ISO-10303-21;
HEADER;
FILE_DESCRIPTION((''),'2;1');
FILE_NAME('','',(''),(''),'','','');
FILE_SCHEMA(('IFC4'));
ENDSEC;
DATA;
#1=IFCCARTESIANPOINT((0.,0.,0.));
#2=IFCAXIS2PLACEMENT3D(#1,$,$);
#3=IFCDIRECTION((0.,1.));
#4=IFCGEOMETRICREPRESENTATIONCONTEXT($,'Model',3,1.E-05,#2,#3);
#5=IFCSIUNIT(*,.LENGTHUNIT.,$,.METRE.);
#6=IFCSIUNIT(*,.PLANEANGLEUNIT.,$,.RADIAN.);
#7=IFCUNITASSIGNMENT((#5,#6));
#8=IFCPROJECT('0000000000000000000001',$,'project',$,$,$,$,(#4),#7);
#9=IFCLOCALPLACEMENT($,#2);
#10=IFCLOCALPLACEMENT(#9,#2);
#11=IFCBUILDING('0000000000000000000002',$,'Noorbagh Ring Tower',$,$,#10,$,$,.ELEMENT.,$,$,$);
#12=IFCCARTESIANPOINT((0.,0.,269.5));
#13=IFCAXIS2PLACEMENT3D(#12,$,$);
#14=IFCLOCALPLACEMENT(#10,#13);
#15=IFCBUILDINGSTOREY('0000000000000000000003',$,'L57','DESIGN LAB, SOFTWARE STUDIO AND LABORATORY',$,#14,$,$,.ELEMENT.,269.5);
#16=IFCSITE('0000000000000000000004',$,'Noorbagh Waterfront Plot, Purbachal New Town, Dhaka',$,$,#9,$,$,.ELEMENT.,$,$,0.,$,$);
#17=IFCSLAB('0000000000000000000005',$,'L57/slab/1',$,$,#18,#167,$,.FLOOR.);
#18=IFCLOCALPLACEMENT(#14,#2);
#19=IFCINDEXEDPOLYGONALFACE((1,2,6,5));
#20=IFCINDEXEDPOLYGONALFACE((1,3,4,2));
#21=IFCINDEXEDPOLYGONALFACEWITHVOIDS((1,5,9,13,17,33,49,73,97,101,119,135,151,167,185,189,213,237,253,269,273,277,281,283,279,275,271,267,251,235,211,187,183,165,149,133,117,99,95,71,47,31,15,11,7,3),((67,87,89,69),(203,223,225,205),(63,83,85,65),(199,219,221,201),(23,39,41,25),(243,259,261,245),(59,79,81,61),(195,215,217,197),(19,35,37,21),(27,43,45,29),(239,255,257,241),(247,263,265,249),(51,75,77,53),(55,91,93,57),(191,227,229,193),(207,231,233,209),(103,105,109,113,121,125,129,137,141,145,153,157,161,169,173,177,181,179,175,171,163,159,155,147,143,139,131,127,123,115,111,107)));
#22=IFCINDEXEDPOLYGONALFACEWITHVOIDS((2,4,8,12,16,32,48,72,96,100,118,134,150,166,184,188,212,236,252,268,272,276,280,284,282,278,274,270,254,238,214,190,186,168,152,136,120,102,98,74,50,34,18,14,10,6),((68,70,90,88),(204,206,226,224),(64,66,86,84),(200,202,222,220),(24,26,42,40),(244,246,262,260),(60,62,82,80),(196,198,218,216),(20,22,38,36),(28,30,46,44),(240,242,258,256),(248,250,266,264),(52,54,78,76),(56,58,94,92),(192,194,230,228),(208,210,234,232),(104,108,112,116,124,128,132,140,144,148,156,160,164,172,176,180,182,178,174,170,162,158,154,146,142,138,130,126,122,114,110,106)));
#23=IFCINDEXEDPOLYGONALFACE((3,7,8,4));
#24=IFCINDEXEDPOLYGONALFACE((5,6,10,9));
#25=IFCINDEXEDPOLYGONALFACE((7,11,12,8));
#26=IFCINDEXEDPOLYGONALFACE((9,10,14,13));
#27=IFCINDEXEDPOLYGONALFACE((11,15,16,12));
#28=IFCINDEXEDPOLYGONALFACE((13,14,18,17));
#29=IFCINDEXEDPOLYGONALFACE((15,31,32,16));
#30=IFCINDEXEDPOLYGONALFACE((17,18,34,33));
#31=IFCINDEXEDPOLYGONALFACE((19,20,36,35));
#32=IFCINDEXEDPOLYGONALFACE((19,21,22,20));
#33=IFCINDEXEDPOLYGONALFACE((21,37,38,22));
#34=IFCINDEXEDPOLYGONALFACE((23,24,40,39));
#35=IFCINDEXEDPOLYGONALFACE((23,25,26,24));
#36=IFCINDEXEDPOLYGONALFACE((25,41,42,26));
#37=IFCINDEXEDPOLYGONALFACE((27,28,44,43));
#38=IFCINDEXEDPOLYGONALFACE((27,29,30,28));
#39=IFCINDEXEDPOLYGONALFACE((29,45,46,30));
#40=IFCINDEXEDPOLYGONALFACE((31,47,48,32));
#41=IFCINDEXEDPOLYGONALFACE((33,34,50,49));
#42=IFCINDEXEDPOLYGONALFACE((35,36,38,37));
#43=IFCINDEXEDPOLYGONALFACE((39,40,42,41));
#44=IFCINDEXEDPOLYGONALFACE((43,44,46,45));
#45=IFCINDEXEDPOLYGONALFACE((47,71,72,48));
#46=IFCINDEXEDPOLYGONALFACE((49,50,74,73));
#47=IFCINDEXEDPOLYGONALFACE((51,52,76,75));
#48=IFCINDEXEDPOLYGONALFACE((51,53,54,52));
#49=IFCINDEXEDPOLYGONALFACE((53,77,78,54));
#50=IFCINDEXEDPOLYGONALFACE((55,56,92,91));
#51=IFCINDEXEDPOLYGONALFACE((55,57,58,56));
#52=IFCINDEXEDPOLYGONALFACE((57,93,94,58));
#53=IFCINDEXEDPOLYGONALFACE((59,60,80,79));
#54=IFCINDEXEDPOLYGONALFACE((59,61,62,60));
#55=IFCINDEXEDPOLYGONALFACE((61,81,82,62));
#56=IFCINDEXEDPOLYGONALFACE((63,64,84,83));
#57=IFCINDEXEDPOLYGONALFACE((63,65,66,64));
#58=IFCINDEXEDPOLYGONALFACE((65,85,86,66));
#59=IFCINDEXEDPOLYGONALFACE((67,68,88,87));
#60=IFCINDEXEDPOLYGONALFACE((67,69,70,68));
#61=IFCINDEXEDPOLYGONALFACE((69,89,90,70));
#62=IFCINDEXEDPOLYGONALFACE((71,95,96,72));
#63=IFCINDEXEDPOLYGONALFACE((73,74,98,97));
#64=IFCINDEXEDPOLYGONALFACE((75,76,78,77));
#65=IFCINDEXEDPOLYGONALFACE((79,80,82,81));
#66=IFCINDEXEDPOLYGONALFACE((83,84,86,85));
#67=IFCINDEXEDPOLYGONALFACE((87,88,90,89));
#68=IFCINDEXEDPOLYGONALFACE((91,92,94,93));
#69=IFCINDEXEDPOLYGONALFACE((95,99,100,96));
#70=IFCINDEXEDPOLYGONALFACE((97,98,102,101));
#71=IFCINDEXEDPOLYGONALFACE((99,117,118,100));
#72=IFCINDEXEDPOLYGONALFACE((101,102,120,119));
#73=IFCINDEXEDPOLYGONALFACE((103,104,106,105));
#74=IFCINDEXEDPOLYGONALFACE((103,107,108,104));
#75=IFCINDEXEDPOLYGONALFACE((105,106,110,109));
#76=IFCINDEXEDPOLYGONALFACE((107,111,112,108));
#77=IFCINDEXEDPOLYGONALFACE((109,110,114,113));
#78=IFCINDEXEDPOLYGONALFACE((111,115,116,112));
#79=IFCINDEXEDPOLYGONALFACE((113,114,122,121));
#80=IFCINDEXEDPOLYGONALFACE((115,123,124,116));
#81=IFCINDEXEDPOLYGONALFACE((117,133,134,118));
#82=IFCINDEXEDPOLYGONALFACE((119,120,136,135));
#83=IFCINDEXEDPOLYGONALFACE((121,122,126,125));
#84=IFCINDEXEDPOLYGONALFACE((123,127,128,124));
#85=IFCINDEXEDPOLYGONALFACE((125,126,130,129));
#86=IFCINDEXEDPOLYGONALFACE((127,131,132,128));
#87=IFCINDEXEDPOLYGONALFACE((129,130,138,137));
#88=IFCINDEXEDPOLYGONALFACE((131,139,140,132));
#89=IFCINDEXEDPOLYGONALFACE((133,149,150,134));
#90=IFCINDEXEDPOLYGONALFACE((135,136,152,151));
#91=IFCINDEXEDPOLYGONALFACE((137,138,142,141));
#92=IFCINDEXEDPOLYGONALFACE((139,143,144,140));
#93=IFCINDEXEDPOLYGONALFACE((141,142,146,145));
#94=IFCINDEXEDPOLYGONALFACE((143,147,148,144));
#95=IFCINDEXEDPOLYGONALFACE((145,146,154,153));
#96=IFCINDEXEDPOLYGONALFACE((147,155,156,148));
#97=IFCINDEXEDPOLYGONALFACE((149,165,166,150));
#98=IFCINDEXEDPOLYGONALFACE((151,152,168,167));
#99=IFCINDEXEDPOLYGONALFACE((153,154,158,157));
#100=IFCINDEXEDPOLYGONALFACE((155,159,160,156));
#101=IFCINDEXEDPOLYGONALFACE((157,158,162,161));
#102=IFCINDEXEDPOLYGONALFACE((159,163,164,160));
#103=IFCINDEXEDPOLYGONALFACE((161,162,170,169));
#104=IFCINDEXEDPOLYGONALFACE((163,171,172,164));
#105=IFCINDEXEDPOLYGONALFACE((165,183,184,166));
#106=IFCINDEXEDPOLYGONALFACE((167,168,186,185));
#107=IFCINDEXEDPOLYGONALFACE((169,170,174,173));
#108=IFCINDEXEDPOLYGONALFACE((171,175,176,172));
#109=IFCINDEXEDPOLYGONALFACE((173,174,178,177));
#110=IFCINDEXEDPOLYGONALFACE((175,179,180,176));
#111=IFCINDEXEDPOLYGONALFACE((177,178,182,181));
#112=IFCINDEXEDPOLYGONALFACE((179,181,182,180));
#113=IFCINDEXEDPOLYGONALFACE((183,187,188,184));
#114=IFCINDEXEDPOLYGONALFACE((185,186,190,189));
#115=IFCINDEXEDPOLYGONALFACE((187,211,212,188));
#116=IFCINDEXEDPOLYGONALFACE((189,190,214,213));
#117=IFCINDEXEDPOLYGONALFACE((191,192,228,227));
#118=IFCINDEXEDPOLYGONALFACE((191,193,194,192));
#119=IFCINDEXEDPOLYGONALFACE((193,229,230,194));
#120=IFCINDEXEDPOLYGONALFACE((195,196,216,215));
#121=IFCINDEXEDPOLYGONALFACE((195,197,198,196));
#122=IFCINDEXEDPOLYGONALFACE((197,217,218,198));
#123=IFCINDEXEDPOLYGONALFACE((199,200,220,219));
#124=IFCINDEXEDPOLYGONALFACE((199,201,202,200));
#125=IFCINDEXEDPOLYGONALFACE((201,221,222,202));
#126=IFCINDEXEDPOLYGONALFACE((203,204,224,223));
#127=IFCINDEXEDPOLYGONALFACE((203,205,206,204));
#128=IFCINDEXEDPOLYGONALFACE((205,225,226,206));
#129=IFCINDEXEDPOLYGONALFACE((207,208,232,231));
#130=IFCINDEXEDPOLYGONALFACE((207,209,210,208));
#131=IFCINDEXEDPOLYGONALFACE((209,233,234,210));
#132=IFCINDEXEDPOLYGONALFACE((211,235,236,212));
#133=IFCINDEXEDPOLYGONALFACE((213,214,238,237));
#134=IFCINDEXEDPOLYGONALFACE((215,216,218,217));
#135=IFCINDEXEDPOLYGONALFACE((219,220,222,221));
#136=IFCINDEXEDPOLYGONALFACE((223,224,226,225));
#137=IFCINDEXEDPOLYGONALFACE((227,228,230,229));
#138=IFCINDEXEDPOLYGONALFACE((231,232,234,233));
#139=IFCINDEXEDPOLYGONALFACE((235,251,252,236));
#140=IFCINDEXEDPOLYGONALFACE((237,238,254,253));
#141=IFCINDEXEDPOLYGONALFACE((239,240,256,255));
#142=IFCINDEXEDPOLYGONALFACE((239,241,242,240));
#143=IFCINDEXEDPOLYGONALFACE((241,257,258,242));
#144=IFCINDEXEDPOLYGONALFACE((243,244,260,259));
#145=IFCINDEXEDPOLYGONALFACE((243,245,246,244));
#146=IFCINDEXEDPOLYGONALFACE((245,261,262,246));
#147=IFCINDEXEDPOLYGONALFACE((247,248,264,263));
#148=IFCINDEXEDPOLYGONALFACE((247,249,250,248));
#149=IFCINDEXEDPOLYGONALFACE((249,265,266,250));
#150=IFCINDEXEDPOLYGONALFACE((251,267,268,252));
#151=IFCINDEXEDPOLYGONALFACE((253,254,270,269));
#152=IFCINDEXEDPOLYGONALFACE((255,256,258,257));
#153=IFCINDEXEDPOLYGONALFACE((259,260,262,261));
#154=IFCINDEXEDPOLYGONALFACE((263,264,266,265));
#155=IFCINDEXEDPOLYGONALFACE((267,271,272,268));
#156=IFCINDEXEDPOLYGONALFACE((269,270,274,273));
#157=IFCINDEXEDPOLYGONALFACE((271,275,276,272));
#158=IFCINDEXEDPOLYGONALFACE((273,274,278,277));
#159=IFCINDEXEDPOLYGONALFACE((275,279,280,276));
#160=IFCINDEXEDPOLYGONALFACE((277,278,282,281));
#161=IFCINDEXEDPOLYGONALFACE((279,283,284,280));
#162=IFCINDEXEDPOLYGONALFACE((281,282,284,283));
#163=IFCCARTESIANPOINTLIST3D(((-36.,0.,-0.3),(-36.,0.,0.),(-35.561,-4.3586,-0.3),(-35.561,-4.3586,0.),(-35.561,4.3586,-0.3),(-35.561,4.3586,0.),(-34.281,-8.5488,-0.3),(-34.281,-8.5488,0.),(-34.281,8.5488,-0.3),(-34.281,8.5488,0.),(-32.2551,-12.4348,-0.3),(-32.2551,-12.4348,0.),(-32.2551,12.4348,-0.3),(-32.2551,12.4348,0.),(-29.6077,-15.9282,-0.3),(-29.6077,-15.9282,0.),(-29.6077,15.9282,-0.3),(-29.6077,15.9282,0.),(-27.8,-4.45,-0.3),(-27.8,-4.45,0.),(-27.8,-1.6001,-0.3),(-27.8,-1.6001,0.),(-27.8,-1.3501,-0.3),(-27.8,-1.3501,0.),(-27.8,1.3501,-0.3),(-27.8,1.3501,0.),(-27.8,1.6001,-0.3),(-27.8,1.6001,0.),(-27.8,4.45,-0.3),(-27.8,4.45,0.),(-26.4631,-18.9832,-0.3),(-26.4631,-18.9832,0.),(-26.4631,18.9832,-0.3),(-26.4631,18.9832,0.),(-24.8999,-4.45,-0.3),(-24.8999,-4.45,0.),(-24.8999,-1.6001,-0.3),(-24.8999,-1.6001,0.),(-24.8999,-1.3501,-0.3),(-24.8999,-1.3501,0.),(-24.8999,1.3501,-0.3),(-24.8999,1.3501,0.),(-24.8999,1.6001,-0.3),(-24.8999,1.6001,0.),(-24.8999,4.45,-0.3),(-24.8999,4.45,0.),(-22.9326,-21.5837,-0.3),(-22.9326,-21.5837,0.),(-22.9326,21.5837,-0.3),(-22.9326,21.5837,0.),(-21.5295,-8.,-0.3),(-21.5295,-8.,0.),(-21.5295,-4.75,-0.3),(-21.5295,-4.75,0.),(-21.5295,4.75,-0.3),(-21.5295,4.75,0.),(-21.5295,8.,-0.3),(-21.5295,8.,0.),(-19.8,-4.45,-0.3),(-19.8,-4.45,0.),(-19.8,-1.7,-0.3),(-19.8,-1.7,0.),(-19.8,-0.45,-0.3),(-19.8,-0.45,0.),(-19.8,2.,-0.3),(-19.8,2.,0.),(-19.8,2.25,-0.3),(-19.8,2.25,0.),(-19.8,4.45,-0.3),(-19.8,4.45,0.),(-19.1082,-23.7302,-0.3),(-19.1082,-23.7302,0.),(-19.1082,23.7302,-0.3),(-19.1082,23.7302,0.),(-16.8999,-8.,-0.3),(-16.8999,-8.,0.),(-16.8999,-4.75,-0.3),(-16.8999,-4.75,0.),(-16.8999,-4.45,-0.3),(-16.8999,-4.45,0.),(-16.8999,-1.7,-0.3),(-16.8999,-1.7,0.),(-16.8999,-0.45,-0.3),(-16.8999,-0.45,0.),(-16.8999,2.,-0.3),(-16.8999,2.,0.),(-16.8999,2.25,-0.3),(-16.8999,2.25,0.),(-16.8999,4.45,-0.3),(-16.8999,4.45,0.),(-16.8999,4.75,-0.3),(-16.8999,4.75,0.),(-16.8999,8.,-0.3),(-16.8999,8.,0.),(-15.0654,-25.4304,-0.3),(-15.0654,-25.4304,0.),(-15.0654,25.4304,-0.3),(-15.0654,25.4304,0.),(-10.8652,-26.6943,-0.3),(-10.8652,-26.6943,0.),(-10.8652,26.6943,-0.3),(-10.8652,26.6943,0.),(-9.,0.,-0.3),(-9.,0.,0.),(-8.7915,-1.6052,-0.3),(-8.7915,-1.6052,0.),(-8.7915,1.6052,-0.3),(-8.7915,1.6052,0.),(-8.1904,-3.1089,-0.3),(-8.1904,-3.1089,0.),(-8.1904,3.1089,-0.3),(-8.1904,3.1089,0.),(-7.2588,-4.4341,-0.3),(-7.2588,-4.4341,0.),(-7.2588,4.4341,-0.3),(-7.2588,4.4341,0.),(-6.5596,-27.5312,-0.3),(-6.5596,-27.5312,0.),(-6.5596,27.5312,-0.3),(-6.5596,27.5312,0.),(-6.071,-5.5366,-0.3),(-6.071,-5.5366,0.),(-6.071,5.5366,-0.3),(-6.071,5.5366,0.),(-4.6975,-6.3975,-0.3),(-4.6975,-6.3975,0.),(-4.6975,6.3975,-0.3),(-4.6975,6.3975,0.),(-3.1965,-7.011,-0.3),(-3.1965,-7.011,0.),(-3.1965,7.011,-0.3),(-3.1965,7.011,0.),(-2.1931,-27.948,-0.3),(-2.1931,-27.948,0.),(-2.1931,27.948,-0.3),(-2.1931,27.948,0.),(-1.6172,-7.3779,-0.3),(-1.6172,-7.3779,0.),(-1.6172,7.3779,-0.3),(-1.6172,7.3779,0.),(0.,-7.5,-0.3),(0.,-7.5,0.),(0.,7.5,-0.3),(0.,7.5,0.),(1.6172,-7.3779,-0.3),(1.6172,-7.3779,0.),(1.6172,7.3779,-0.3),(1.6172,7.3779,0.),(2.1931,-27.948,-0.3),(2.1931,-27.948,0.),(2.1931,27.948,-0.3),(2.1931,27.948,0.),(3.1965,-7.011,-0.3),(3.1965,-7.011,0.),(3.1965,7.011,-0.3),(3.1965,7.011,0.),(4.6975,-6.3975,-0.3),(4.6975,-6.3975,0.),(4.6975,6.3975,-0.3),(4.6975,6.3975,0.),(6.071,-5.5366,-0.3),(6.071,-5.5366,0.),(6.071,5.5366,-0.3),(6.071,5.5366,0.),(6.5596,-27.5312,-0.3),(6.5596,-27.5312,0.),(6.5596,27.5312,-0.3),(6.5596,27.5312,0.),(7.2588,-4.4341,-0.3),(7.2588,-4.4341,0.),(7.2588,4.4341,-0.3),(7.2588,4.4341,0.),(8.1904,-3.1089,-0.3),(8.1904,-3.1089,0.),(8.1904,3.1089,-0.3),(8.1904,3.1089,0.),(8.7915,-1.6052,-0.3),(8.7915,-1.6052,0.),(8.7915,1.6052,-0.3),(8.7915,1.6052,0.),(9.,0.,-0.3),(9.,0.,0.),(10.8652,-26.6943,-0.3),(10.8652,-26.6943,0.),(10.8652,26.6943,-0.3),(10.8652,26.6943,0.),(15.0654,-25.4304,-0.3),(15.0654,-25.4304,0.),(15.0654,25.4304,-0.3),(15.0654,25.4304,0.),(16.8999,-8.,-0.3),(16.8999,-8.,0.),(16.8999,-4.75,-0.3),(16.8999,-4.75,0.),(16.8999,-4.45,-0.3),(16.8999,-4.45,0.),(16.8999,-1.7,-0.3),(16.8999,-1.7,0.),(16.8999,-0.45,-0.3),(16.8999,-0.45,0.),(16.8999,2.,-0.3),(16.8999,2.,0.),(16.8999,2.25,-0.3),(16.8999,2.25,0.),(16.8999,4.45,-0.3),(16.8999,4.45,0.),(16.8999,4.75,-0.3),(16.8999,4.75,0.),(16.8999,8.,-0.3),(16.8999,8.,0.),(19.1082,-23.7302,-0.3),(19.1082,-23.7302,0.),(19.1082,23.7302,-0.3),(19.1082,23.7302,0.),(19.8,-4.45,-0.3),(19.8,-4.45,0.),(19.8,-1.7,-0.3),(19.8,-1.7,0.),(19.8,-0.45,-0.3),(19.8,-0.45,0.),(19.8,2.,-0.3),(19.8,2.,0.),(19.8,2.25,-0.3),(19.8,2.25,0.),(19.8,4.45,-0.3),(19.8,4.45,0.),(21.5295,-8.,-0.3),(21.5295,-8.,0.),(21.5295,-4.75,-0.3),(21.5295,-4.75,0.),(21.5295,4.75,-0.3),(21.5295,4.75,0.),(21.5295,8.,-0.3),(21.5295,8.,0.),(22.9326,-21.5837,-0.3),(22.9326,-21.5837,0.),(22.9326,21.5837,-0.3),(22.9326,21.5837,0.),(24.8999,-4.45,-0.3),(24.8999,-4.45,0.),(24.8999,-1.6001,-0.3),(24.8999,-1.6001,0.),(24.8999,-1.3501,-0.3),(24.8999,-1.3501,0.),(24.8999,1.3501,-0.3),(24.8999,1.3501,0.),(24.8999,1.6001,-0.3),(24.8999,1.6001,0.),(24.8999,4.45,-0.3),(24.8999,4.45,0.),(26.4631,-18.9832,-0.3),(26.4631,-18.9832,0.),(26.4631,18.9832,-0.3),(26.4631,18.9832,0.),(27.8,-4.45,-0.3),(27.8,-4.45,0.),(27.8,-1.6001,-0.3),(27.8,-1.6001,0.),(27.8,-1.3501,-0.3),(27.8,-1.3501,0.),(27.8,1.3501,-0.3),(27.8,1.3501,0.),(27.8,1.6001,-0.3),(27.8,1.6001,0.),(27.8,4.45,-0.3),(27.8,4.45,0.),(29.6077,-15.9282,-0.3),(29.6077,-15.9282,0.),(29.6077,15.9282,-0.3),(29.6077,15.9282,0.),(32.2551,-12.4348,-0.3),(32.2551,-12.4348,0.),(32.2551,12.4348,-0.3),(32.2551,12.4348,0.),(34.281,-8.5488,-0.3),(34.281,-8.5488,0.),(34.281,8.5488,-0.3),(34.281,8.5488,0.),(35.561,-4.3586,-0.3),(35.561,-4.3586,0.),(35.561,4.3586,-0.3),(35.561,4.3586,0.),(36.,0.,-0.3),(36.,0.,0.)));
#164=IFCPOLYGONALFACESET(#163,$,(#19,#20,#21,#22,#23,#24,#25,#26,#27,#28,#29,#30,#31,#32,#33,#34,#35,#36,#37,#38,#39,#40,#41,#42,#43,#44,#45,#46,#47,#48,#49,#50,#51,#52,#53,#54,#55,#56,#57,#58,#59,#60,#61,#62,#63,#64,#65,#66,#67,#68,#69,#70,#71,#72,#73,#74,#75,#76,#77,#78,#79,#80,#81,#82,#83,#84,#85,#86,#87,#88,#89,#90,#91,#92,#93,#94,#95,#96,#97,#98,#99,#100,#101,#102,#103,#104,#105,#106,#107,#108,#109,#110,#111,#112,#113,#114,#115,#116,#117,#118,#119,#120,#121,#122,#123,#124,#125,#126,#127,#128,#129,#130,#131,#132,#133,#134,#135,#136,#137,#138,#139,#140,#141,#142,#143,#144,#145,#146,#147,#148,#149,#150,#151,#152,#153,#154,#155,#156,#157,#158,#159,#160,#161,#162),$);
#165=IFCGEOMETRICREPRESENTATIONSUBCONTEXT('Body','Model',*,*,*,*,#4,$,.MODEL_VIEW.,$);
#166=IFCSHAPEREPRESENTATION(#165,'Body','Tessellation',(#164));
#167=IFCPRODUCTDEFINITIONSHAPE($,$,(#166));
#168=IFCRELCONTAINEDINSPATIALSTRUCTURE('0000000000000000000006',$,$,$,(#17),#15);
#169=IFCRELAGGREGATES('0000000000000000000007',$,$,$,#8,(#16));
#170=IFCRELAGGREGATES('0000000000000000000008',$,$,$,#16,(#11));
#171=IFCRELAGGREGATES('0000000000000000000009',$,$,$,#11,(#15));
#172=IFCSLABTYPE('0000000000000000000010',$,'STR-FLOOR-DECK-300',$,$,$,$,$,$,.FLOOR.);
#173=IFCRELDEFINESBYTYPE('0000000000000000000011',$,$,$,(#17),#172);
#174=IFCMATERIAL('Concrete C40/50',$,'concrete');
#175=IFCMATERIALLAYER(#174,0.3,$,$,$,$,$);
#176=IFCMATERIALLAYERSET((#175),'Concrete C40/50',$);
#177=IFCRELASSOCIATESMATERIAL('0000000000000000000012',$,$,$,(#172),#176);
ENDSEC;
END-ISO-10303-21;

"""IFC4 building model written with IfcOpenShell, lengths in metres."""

from ifc_helpers import new_model, si_unit, direction, frame, origin, place, context, subcontext, project, spatial, polyline, outline, extrude, material, layer, layer_set, type_object, element, save


model = new_model("IFC4")

# Units and contexts
model_context = context("Model", 3, precision=1e-05, world=origin(), true_north=direction((0.0, 1.0)))
body_context = subcontext(model_context, "Body", "Model", "MODEL_VIEW")
ifc_project = project(units=[si_unit("LENGTHUNIT", "METRE"), si_unit("PLANEANGLEUNIT", "RADIAN")], contexts=[model_context])

# Site, building, storey
site_placement = place(None, origin())
building_placement = place(site_placement, origin())
storey_placement = place(building_placement, frame((0.0, 0.0, 269.5)))
site = spatial("IfcSite", under=ifc_project, at=site_placement, Name="Noorbagh Waterfront Plot, Purbachal New Town, Dhaka", CompositionType="ELEMENT", RefElevation=0.0)
building = spatial("IfcBuilding", under=site, at=building_placement, Name="Noorbagh Ring Tower", CompositionType="ELEMENT")
storey = spatial("IfcBuildingStorey", under=building, at=storey_placement, Name="L57", Description="DESIGN LAB, SOFTWARE STUDIO AND LABORATORY", CompositionType="ELEMENT", Elevation=269.5)

# Slab
ifc_material_1 = material(Name="Concrete C40/50", Category="concrete")
ifc_layer_1 = layer(ifc_material_1, 0.3)
ifc_layer_set_1 = layer_set([ifc_layer_1], Name="Concrete C40/50")
slab_type = type_object("IfcSlabType", Name="STR-FLOOR-DECK-300", PredefinedType="FLOOR", material=ifc_layer_set_1)
slab_placement = place(storey_placement, frame((0.0, 0.0, -0.3)))
element("IfcSlab", 1, at=slab_placement, inside=storey, type_object=slab_type, Name="L57/slab/1", PredefinedType="FLOOR", context=body_context, shape_type="SweptSolid", body=[
    extrude(outline(polyline([(36.0, 0.0), (35.561, 4.3586), (34.281, 8.5488), (32.2551, 12.4348), (29.6077, 15.9282), (26.4631, 18.9832), (22.9326, 21.5837), (19.1082, 23.7302), (15.0654, 25.4304), (10.8652, 26.6943), (6.5596, 27.5312), (2.1931, 27.948), (-2.1931, 27.948), (-6.5596, 27.5312), (-10.8652, 26.6943), (-15.0654, 25.4304), (-19.1082, 23.7302), (-22.9326, 21.5837), (-26.4631, 18.9832), (-29.6077, 15.9282), (-32.2551, 12.4348), (-34.281, 8.5488), (-35.561, 4.3586), (-36.0, 0.0), (-35.561, -4.3586), (-34.281, -8.5488), (-32.2551, -12.4348), (-29.6077, -15.9282), (-26.4631, -18.9832), (-22.9326, -21.5837), (-19.1082, -23.7302), (-15.0654, -25.4304), (-10.8652, -26.6943), (-6.5596, -27.5312), (-2.1931, -27.948), (2.1931, -27.948), (6.5596, -27.5312), (10.8652, -26.6943), (15.0654, -25.4304), (19.1082, -23.7302), (22.9326, -21.5837), (26.4631, -18.9832), (29.6077, -15.9282), (32.2551, -12.4348), (34.281, -8.5488), (35.561, -4.3586), (36.0, 0.0)]), holes=[polyline([(24.8999, 4.45), (27.8, 4.45), (27.8, 1.6001), (24.8999, 1.6001), (24.8999, 4.45)]), polyline([(24.8999, 1.3501), (27.8, 1.3501), (27.8, -1.3501), (24.8999, -1.3501), (24.8999, 1.3501)]), polyline([(24.8999, -1.6001), (27.8, -1.6001), (27.8, -4.45), (24.8999, -4.45), (24.8999, -1.6001)]), polyline([(21.5295, -8.0), (16.8999, -8.0), (16.8999, -4.75), (21.5295, -4.75), (21.5295, -8.0)]), polyline([(16.8999, 4.75), (16.8999, 8.0), (21.5295, 8.0), (21.5295, 4.75), (16.8999, 4.75)]), polyline([(19.8, 4.45), (19.8, 2.25), (16.8999, 2.25), (16.8999, 4.45), (19.8, 4.45)]), polyline([(16.8999, 2.0), (19.8, 2.0), (19.8, -0.45), (16.8999, -0.45), (16.8999, 2.0)]), polyline([(16.8999, -1.7), (19.8, -1.7), (19.8, -4.45), (16.8999, -4.45), (16.8999, -1.7)]), polyline([(4.6975, -6.3975), (3.1965, -7.011), (1.6172, -7.3779), (0.0, -7.5), (-1.6172, -7.3779), (-3.1965, -7.011), (-4.6975, -6.3975), (-6.071, -5.5366), (-7.2588, -4.4341), (-8.1904, -3.1089), (-8.7915, -1.6052), (-9.0, 0.0), (-8.7915, 1.6052), (-8.1904, 3.1089), (-7.2588, 4.4341), (-6.071, 5.5366), (-4.6975, 6.3975), (-3.1965, 7.011), (-1.6172, 7.3779), (0.0, 7.5), (1.6172, 7.3779), (3.1965, 7.011), (4.6975, 6.3975), (6.071, 5.5366), (7.2588, 4.4341), (8.1904, 3.1089), (8.7915, 1.6052), (9.0, 0.0), (8.7915, -1.6052), (8.1904, -3.1089), (7.2588, -4.4341), (6.071, -5.5366), (4.6975, -6.3975)]), polyline([(-16.8999, 2.25), (-19.8, 2.25), (-19.8, 4.45), (-16.8999, 4.45), (-16.8999, 2.25)]), polyline([(-16.8999, -0.45), (-19.8, -0.45), (-19.8, 2.0), (-16.8999, 2.0), (-16.8999, -0.45)]), polyline([(-16.8999, -4.45), (-19.8, -4.45), (-19.8, -1.7), (-16.8999, -1.7), (-16.8999, -4.45)]), polyline([(-21.5295, 8.0), (-16.8999, 8.0), (-16.8999, 4.75), (-21.5295, 4.75), (-21.5295, 8.0)]), polyline([(-21.5295, -4.75), (-16.8999, -4.75), (-16.8999, -8.0), (-21.5295, -8.0), (-21.5295, -4.75)]), polyline([(-24.8999, -4.45), (-27.8, -4.45), (-27.8, -1.6001), (-24.8999, -1.6001), (-24.8999, -4.45)]), polyline([(-24.8999, 1.6001), (-27.8, 1.6001), (-27.8, 4.45), (-24.8999, 4.45), (-24.8999, 1.6001)]), polyline([(-24.8999, -1.3501), (-27.8, -1.3501), (-27.8, 1.3501), (-24.8999, 1.3501), (-24.8999, -1.3501)])]), origin(), (0.0, 0.0, 1.0), 0.3),
])

save(model, "model.ifc")
